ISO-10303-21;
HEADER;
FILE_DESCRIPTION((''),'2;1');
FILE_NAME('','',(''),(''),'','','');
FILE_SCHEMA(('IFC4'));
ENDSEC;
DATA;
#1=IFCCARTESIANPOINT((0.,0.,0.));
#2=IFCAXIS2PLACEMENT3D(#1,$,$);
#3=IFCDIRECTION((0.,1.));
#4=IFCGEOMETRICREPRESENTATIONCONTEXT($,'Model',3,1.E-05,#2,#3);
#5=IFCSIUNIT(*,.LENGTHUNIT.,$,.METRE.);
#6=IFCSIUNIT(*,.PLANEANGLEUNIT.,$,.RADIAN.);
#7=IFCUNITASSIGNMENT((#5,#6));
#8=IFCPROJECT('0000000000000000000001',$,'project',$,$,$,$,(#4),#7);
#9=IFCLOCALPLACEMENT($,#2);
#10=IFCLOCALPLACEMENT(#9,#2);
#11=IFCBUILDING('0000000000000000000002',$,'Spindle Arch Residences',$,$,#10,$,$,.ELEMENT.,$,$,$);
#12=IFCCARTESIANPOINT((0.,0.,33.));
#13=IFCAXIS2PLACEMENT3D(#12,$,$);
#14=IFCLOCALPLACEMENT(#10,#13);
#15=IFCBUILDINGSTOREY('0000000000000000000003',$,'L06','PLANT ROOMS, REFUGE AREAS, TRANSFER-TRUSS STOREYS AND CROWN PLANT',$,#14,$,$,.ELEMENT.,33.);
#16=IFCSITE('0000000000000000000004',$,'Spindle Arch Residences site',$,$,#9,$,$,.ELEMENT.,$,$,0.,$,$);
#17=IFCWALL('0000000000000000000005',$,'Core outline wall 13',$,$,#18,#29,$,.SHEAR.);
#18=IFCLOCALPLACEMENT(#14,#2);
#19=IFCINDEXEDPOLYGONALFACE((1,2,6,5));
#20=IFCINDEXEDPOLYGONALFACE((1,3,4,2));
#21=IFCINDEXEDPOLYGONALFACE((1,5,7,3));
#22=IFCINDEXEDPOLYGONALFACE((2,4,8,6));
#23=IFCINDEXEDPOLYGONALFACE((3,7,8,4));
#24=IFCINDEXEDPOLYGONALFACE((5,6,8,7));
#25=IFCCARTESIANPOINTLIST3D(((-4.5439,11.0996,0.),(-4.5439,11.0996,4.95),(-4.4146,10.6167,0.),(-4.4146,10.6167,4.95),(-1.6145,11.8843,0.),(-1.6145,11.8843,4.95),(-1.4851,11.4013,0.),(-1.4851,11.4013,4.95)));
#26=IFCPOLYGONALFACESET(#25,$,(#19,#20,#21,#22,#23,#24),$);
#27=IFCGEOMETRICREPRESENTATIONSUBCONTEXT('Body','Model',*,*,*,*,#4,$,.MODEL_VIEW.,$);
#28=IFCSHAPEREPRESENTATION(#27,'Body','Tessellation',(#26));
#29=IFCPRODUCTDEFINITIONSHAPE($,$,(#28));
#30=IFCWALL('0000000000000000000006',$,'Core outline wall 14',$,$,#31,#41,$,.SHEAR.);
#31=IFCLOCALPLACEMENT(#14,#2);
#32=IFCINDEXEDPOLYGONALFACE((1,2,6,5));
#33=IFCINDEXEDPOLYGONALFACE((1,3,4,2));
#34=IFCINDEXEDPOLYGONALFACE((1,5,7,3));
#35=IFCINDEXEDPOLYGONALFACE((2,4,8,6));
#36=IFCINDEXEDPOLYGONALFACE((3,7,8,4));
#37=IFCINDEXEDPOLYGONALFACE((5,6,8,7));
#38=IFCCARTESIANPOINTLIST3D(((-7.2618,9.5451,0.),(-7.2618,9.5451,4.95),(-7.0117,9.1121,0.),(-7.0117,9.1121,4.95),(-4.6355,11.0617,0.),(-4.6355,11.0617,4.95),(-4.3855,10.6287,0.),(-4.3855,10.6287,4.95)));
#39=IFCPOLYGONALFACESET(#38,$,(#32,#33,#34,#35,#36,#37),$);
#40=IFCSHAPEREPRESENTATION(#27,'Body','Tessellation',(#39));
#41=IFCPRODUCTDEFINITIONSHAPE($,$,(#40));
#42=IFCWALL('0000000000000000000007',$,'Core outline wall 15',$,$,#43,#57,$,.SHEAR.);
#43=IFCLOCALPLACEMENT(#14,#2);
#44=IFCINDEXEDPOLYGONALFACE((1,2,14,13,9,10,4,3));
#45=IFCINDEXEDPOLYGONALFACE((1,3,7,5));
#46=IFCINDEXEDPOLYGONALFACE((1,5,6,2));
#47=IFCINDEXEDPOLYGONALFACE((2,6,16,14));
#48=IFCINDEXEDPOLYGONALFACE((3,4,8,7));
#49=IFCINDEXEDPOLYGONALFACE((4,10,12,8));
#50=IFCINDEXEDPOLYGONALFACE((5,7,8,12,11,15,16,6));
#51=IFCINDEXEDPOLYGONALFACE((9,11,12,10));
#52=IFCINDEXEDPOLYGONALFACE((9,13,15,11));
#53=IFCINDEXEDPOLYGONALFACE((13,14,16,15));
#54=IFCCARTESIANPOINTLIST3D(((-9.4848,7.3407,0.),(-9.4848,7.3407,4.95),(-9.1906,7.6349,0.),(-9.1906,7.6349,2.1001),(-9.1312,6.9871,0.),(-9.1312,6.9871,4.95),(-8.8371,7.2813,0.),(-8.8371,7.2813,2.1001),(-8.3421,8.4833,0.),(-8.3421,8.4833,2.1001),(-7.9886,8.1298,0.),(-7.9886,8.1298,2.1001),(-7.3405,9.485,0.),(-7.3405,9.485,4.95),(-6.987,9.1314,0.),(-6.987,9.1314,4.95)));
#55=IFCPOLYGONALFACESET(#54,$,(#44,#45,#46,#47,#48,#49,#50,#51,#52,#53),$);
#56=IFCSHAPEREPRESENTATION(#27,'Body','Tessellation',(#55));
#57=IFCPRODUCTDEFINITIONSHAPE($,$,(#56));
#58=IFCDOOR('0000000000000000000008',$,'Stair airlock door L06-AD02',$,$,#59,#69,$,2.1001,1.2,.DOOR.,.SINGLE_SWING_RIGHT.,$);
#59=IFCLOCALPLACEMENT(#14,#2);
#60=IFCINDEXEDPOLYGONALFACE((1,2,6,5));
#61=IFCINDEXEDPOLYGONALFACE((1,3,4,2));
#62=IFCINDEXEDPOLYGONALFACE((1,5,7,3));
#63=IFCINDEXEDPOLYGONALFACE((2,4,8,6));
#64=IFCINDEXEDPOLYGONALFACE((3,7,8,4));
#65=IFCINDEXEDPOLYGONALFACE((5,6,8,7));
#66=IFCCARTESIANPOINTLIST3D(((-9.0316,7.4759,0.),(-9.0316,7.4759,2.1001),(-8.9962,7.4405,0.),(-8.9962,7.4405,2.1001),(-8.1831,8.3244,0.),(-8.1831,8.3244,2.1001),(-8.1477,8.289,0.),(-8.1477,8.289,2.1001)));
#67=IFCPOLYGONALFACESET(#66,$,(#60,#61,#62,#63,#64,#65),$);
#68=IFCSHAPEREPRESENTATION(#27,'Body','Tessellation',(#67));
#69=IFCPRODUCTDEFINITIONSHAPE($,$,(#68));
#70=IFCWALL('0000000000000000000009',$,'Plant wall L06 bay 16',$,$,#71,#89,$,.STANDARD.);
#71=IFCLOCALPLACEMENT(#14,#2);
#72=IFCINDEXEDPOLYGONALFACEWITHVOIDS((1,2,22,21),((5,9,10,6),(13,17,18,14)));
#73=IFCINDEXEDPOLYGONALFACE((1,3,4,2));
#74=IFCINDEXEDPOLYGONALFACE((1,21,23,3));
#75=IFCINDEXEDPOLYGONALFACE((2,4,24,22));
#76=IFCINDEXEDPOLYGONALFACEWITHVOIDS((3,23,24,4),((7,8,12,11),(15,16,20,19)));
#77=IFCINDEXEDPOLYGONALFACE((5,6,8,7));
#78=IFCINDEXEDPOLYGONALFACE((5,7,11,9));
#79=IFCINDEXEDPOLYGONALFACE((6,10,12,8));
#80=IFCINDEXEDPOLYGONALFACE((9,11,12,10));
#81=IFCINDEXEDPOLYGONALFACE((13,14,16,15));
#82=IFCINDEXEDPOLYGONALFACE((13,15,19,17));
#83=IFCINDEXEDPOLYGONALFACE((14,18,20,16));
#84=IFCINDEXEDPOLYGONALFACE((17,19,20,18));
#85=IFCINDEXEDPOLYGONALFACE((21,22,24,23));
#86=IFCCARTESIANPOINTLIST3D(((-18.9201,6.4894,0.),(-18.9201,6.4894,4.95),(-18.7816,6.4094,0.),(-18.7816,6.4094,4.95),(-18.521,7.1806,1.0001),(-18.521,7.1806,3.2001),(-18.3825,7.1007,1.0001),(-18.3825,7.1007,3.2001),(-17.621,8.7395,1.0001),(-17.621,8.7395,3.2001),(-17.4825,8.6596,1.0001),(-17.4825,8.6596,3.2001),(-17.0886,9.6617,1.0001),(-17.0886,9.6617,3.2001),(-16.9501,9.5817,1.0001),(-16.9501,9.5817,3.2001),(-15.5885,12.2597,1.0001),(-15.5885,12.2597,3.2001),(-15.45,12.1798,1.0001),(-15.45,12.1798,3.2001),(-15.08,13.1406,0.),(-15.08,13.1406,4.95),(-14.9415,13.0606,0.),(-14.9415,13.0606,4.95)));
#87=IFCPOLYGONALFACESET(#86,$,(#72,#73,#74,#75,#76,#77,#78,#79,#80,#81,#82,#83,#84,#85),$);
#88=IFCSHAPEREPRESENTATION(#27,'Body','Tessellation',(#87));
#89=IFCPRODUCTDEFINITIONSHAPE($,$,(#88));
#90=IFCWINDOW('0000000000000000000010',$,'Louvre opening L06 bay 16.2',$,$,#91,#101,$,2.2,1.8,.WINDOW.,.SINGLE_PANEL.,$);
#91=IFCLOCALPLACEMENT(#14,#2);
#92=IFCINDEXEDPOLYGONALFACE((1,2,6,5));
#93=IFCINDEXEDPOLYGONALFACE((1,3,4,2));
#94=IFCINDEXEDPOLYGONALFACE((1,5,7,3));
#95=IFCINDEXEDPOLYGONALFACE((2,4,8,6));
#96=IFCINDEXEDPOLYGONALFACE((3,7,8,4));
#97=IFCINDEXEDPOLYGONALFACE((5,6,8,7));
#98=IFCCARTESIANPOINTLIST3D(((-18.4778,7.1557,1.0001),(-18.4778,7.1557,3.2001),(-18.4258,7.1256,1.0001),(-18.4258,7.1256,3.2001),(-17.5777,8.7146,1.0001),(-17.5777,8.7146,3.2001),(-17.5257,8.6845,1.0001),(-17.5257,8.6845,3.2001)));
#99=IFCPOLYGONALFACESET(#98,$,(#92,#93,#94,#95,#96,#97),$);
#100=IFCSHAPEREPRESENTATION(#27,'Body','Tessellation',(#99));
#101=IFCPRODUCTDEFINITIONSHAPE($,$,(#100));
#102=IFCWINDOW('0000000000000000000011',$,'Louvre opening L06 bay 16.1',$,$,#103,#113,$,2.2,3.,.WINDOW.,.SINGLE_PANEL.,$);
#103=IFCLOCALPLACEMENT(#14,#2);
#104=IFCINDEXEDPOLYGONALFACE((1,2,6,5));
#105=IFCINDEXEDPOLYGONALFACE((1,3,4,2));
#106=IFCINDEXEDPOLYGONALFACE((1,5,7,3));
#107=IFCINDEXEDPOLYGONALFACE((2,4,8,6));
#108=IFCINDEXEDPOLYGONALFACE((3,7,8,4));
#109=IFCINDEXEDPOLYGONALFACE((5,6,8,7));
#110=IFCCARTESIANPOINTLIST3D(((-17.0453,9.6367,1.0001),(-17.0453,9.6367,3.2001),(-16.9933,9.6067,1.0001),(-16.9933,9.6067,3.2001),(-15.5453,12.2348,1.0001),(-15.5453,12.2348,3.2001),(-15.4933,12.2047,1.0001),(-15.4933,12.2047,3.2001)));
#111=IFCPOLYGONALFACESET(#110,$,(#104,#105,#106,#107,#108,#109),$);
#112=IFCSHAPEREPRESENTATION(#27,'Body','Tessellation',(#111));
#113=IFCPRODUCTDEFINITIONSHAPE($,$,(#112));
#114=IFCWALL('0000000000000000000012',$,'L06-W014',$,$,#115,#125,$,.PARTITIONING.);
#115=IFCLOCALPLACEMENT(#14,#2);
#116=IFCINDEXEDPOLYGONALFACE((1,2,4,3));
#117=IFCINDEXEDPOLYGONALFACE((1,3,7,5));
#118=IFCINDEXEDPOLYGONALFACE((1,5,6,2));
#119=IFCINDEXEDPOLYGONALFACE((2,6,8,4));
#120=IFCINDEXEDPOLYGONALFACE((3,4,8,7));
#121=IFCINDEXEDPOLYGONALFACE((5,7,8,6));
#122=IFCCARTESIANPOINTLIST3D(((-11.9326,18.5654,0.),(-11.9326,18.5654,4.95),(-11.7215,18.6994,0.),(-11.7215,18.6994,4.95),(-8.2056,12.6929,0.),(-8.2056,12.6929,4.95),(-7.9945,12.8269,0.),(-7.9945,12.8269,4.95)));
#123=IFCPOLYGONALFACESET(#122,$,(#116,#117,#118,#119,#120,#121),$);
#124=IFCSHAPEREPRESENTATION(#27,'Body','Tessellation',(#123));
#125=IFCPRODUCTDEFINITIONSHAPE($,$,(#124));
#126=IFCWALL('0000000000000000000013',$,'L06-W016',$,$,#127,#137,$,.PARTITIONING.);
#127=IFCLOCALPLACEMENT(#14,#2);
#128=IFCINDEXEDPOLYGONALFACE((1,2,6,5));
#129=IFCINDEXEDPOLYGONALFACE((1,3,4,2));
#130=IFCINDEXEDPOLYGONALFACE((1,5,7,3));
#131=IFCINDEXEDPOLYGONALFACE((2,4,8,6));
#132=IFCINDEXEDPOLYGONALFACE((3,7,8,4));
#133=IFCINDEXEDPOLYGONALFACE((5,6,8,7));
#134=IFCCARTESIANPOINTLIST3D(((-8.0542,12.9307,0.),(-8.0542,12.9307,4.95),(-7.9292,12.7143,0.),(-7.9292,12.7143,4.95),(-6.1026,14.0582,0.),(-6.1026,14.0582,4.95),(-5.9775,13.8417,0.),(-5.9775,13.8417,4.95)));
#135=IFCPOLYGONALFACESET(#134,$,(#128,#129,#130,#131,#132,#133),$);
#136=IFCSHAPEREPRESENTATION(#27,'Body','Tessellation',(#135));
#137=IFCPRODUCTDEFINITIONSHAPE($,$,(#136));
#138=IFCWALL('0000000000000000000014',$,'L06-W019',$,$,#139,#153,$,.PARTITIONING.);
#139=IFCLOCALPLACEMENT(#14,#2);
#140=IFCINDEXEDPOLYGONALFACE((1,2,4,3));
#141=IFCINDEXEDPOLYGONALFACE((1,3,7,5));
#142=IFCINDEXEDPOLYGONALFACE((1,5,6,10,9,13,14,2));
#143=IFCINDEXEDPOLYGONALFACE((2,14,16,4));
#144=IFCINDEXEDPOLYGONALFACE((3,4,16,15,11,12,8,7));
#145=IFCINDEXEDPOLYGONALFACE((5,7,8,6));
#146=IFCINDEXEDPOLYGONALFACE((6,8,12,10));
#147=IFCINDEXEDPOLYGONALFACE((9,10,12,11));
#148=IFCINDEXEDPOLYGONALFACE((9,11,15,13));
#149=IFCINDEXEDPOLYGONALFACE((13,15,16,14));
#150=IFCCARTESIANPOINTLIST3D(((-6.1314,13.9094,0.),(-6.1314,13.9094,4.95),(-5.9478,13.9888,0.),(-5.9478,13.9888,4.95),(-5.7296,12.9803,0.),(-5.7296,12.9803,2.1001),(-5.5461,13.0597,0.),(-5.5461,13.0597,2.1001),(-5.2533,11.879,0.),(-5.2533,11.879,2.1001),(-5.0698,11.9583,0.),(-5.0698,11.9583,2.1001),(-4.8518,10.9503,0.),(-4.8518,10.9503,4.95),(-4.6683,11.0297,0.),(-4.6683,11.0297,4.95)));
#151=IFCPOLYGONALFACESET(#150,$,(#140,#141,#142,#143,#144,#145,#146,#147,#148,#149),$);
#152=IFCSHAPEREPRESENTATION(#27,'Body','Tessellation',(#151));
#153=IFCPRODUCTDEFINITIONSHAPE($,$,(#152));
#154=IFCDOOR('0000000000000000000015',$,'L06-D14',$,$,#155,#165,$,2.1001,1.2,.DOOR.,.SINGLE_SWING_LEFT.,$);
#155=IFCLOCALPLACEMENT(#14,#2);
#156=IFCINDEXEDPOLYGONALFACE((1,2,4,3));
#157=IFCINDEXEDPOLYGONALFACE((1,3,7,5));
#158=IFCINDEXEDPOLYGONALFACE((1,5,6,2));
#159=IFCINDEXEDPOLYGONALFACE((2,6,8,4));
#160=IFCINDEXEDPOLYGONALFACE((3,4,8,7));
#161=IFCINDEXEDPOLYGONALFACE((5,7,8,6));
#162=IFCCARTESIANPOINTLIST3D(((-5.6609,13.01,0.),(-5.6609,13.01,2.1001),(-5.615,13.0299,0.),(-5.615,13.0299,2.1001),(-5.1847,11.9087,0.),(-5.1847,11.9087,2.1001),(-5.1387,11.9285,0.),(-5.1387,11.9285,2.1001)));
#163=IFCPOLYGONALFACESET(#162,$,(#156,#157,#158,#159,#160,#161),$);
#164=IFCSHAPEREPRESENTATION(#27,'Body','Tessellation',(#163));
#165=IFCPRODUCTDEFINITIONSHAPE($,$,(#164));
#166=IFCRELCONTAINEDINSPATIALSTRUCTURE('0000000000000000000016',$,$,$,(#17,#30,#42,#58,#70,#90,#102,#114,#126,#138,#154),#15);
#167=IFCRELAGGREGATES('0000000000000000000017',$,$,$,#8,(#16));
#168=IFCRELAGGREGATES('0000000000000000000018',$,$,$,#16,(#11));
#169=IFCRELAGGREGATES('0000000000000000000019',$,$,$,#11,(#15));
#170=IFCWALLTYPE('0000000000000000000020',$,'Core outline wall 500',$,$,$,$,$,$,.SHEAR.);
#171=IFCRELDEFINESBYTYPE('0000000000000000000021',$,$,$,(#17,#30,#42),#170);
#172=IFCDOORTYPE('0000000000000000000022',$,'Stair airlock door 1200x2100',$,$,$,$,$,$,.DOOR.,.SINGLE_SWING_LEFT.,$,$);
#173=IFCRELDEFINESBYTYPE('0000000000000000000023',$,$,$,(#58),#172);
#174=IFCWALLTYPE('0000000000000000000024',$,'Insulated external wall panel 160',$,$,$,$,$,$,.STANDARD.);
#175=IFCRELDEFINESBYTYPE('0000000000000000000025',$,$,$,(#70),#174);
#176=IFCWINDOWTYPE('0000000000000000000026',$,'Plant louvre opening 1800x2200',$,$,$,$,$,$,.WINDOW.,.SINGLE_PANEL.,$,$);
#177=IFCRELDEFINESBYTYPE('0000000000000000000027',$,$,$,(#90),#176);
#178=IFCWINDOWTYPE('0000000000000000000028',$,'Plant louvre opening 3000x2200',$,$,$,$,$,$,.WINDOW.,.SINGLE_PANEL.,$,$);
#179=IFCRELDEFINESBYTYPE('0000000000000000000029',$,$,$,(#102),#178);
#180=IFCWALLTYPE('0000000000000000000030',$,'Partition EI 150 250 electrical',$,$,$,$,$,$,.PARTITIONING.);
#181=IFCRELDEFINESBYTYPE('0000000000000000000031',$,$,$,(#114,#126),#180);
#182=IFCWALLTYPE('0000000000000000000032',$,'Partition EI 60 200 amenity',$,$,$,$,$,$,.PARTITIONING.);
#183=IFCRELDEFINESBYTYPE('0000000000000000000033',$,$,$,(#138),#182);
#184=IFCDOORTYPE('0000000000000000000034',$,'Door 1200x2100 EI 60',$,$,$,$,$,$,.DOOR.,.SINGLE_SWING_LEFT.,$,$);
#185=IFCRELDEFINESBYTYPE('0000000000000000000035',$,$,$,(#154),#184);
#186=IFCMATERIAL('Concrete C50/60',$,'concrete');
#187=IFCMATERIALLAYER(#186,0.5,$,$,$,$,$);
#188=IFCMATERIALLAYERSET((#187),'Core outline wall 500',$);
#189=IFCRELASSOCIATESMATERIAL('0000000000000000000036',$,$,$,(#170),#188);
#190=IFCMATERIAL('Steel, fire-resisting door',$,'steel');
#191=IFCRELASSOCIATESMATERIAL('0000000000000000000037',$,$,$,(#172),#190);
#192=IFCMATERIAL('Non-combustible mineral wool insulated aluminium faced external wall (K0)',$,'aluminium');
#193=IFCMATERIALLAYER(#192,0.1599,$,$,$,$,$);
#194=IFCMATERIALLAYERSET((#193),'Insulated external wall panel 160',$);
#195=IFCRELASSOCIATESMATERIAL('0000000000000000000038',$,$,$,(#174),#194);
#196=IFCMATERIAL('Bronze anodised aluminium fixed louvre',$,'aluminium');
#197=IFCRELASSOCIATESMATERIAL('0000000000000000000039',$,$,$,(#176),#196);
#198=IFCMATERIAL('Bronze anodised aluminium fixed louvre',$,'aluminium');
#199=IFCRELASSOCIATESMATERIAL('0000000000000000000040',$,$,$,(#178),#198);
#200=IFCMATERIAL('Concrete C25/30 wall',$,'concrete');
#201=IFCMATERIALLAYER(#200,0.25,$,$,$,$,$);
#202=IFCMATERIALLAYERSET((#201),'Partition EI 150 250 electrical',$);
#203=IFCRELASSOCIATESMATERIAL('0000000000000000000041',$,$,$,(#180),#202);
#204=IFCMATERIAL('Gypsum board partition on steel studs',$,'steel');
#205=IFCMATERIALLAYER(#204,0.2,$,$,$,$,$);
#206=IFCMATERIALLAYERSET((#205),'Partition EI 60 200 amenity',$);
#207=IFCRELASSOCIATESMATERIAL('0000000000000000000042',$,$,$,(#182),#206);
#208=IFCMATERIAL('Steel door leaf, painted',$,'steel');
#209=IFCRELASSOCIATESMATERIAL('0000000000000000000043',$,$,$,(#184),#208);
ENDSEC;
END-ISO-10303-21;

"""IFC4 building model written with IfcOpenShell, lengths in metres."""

from ifc_helpers import new_model, si_unit, direction, frame, frame_2d, origin, place, context, subcontext, project, spatial, rectangle, extrude, material, layer, layer_set, type_object, element, fill, save


model = new_model("IFC4")

# Units and contexts
model_context = context("Model", 3, precision=1e-05, world=origin(), true_north=direction((0.0, 1.0)))
body_context = subcontext(model_context, "Body", "Model", "MODEL_VIEW")
ifc_project = project(units=[si_unit("LENGTHUNIT", "METRE"), si_unit("PLANEANGLEUNIT", "RADIAN")], contexts=[model_context])

# Site, building, storey
site_placement = place(None, origin())
site = spatial("IfcSite", under=ifc_project, at=site_placement, Name="Spindle Arch Residences site", CompositionType="ELEMENT", RefElevation=0.0)
building_placement = place(site_placement, origin())
building = spatial("IfcBuilding", under=site, at=building_placement, Name="Spindle Arch Residences", CompositionType="ELEMENT")
storey_placement = place(building_placement, frame((0.0, 0.0, 33.0)))
storey = spatial("IfcBuildingStorey", under=building, at=storey_placement, Name="L06", Description="PLANT ROOMS, REFUGE AREAS, TRANSFER-TRUSS STOREYS AND CROWN PLANT", CompositionType="ELEMENT", Elevation=33.0)

# Walls
ifc_material_1 = material(Name="Concrete C50/60", Category="concrete")
ifc_layer_1 = layer(ifc_material_1, 0.5)
ifc_layer_set_1 = layer_set([ifc_layer_1], Name="Core outline wall 500")
wall_type_1 = type_object("IfcWallType", Name="Core outline wall 500", PredefinedType="SHEAR", material=ifc_layer_set_1)
for number, where, z_axis, x_axis, name in (
    (1, (-1.5498, 11.6428, 0.0), (0.0, 0.0, 1.0), (-0.965948, -0.258735, 0.0), "Core outline wall 13"),
    (2, (-4.5105, 10.8452, 0.0), (0.0, 0.0, 1.0), (-0.865975, -0.500087, 0.0), "Core outline wall 14"),
):
    element("IfcWall", number, at=place(storey_placement, frame(where, z_axis=z_axis, x_axis=x_axis)), inside=storey, type_object=wall_type_1, Name=name, PredefinedType="SHEAR", context=body_context, shape_type="SweptSolid", body=[
        extrude(rectangle(XDim=3.0327, YDim=0.5, at=frame_2d((1.5164, 0.0))), origin(), (0.0, 0.0, 1.0), 4.95),
    ])

# Wall, opening, door
wall_1_placement = place(storey_placement, frame((-7.1638, 9.3081, 0.0), z_axis=(0.0, 0.0, 1.0), x_axis=(-0.707107, -0.707107, 0.0)))
wall_1 = element("IfcWall", 3, at=wall_1_placement, inside=storey, type_object=wall_type_1, Name="Core outline wall 15", PredefinedType="SHEAR", context=body_context, shape_type="SweptSolid", body=[
    extrude(rectangle(XDim=3.0325, YDim=0.5, at=frame_2d((1.5161, 0.0))), origin(), (0.0, 0.0, 1.0), 4.95),
])
opening_1_placement = place(wall_1_placement, frame((1.4163, 0.0, 0.0)))
opening_1 = element("IfcOpeningElement", 4, at=opening_1_placement, cuts=wall_1, PredefinedType="OPENING", context=body_context, shape_type="SweptSolid", body=[
    extrude(rectangle(XDim=1.2, YDim=2.1001, at=frame_2d((0.6001, 1.05))), frame((0.0, 0.26, 0.0), z_axis=(0.0, -1.0, 0.0), x_axis=(1.0, 0.0, 0.0)), (0.0, 0.0, 1.0), 0.52),
])
ifc_material_2 = material(Name="Steel, fire-resisting door", Category="steel")
door_type_1 = type_object("IfcDoorType", Name="Stair airlock door 1200x2100", OperationType="SINGLE_SWING_LEFT", PredefinedType="DOOR", material=ifc_material_2)
door_1_placement = place(opening_1_placement, origin())
door_1 = element("IfcDoor", 5, at=door_1_placement, inside=storey, type_object=door_type_1, Name="Stair airlock door L06-AD02", OperationType="SINGLE_SWING_RIGHT", OverallHeight=2.1001, OverallWidth=1.2, PredefinedType="DOOR", context=body_context, shape_type="SweptSolid", body=[
    extrude(rectangle(XDim=1.2, YDim=2.1001, at=frame_2d((0.6001, 1.05))), frame((0.0, 0.0249, 0.0), z_axis=(0.0, -1.0, 0.0), x_axis=(1.0, 0.0, 0.0)), (0.0, 0.0, 1.0), 0.05),
])
fill(opening_1, door_1)

# Wall, openings, windows
ifc_material_3 = material(Name="Non-combustible mineral wool insulated aluminium faced external wall (K0)", Category="aluminium")
ifc_layer_2 = layer(ifc_material_3, 0.1599)
ifc_layer_set_2 = layer_set([ifc_layer_2], Name="Insulated external wall panel 160")
wall_type_2 = type_object("IfcWallType", Name="Insulated external wall panel 160", PredefinedType="STANDARD", material=ifc_layer_set_2)
wall_2_placement = place(storey_placement, frame((-15.0107, 13.1006, 0.0), z_axis=(0.0, 0.0, 1.0), x_axis=(-0.500006, -0.866022, 0.0)))
wall_2 = element("IfcWall", 6, at=wall_2_placement, inside=storey, type_object=wall_type_2, Name="Plant wall L06 bay 16", PredefinedType="STANDARD", context=body_context, shape_type="SweptSolid", body=[
    extrude(rectangle(XDim=7.6802, YDim=0.1599, at=frame_2d((3.8401, 0.0))), origin(), (0.0, 0.0, 1.0), 4.95),
])
opening_2_placement = place(wall_2_placement, frame((1.0171, 0.0, 1.0)))
opening_2 = element("IfcOpeningElement", 7, at=opening_2_placement, cuts=wall_2, PredefinedType="OPENING", context=body_context, shape_type="SweptSolid", body=[
    extrude(rectangle(XDim=3.0, YDim=2.2, at=frame_2d((1.5, 1.1001))), frame((0.0, 0.0898, 0.0), z_axis=(0.0, -1.0, 0.0), x_axis=(1.0, 0.0, 0.0)), (0.0, 0.0, 1.0), 0.1799),
])
opening_3_placement = place(wall_2_placement, frame((5.082, 0.0, 1.0)))
opening_3 = element("IfcOpeningElement", 8, at=opening_3_placement, cuts=wall_2, PredefinedType="OPENING", context=body_context, shape_type="SweptSolid", body=[
    extrude(rectangle(XDim=1.8, YDim=2.2, at=frame_2d((0.8999, 1.1001))), frame((0.0, 0.0898, 0.0), z_axis=(0.0, -1.0, 0.0), x_axis=(1.0, 0.0, 0.0)), (0.0, 0.0, 1.0), 0.1799),
])
ifc_material_4 = material(Name="Bronze anodised aluminium fixed louvre", Category="aluminium")
window_type_1 = type_object("IfcWindowType", Name="Plant louvre opening 1800x2200", PartitioningType="SINGLE_PANEL", PredefinedType="WINDOW", material=ifc_material_4)
window_1_placement = place(opening_3_placement, origin())
window_1 = element("IfcWindow", 9, at=window_1_placement, inside=storey, type_object=window_type_1, Name="Louvre opening L06 bay 16.2", OverallHeight=2.2, OverallWidth=1.8, PartitioningType="SINGLE_PANEL", PredefinedType="WINDOW", context=body_context, shape_type="SweptSolid", body=[
    extrude(rectangle(XDim=1.8, YDim=2.2, at=frame_2d((0.8999, 1.1001))), frame((0.0, 0.03, 0.0), z_axis=(0.0, -1.0, 0.0), x_axis=(1.0, 0.0, 0.0)), (0.0, 0.0, 1.0), 0.0601),
])
fill(opening_3, window_1)
ifc_material_5 = material(Name="Bronze anodised aluminium fixed louvre", Category="aluminium")
window_type_2 = type_object("IfcWindowType", Name="Plant louvre opening 3000x2200", PartitioningType="SINGLE_PANEL", PredefinedType="WINDOW", material=ifc_material_5)
window_2_placement = place(opening_2_placement, origin())
window_2 = element("IfcWindow", 10, at=window_2_placement, inside=storey, type_object=window_type_2, Name="Louvre opening L06 bay 16.1", OverallHeight=2.2, OverallWidth=3.0, PartitioningType="SINGLE_PANEL", PredefinedType="WINDOW", context=body_context, shape_type="SweptSolid", body=[
    extrude(rectangle(XDim=3.0, YDim=2.2, at=frame_2d((1.5, 1.1001))), frame((0.0, 0.03, 0.0), z_axis=(0.0, -1.0, 0.0), x_axis=(1.0, 0.0, 0.0)), (0.0, 0.0, 1.0), 0.0601),
])
fill(opening_2, window_2)

# Walls
ifc_material_6 = material(Name="Concrete C25/30 wall", Category="concrete")
ifc_layer_3 = layer(ifc_material_6, 0.25)
ifc_layer_set_3 = layer_set([ifc_layer_3], Name="Partition EI 150 250 electrical")
wall_type_3 = type_object("IfcWallType", Name="Partition EI 150 250 electrical", PredefinedType="PARTITIONING", material=ifc_layer_set_3)
wall_3_placement = place(storey_placement, frame((-8.1001, 12.76, 0.0), z_axis=(0.0, 0.0, 1.0), x_axis=(-0.535849, 0.844314, 0.0)))
element("IfcWall", 11, at=wall_3_placement, inside=storey, type_object=wall_type_3, Name="L06-W014", PredefinedType="PARTITIONING", context=body_context, shape_type="SweptSolid", body=[
    extrude(rectangle(XDim=6.9553, YDim=0.25, at=frame_2d((3.4775, 0.0))), origin(), (0.0, 0.0, 1.0), 4.95),
])
wall_4_placement = place(storey_placement, frame((-7.9917, 12.8225, 0.0), z_axis=(0.0, 0.0, 1.0), x_axis=(0.865901, 0.500216, 0.0)))
element("IfcWall", 12, at=wall_4_placement, inside=storey, type_object=wall_type_3, Name="L06-W016", PredefinedType="PARTITIONING", context=body_context, shape_type="SweptSolid", body=[
    extrude(rectangle(XDim=2.2539, YDim=0.25, at=frame_2d((1.127, 0.0))), origin(), (0.0, 0.0, 1.0), 4.95),
])

# Wall, opening, door
ifc_material_7 = material(Name="Gypsum board partition on steel studs", Category="steel")
ifc_layer_4 = layer(ifc_material_7, 0.2)
ifc_layer_set_4 = layer_set([ifc_layer_4], Name="Partition EI 60 200 amenity")
wall_type_4 = type_object("IfcWallType", Name="Partition EI 60 200 amenity", PredefinedType="PARTITIONING", material=ifc_layer_set_4)
wall_5_placement = place(storey_placement, frame((-6.0396, 13.949, 0.0), z_axis=(0.0, 0.0, 1.0), x_axis=(0.396906, -0.917859, 0.0)))
wall_5 = element("IfcWall", 13, at=wall_5_placement, inside=storey, type_object=wall_type_4, Name="L06-W019", PredefinedType="PARTITIONING", context=body_context, shape_type="SweptSolid", body=[
    extrude(rectangle(XDim=3.2239, YDim=0.2, at=frame_2d((1.6118, 0.0))), origin(), (0.0, 0.0, 1.0), 4.95),
])
opening_4_placement = place(wall_5_placement, frame((1.012, 0.0, 0.0)))
opening_4 = element("IfcOpeningElement", 14, at=opening_4_placement, cuts=wall_5, PredefinedType="OPENING", context=body_context, shape_type="SweptSolid", body=[
    extrude(rectangle(XDim=1.2, YDim=2.1001, at=frame_2d((0.6001, 1.05))), frame((0.0, 0.1099, 0.0), z_axis=(0.0, -1.0, 0.0), x_axis=(1.0, 0.0, 0.0)), (0.0, 0.0, 1.0), 0.22),
])
ifc_material_8 = material(Name="Steel door leaf, painted", Category="steel")
door_type_2 = type_object("IfcDoorType", Name="Door 1200x2100 EI 60", OperationType="SINGLE_SWING_LEFT", PredefinedType="DOOR", material=ifc_material_8)
door_2_placement = place(opening_4_placement, origin())
door_2 = element("IfcDoor", 15, at=door_2_placement, inside=storey, type_object=door_type_2, Name="L06-D14", OperationType="SINGLE_SWING_LEFT", OverallHeight=2.1001, OverallWidth=1.2, PredefinedType="DOOR", context=body_context, shape_type="SweptSolid", body=[
    extrude(rectangle(XDim=1.2, YDim=2.1001, at=frame_2d((0.6001, 1.05))), frame((0.0, 0.0249, 0.0), z_axis=(0.0, -1.0, 0.0), x_axis=(1.0, 0.0, 0.0)), (0.0, 0.0, 1.0), 0.05),
])
fill(opening_4, door_2)

save(model, "model.ifc")
